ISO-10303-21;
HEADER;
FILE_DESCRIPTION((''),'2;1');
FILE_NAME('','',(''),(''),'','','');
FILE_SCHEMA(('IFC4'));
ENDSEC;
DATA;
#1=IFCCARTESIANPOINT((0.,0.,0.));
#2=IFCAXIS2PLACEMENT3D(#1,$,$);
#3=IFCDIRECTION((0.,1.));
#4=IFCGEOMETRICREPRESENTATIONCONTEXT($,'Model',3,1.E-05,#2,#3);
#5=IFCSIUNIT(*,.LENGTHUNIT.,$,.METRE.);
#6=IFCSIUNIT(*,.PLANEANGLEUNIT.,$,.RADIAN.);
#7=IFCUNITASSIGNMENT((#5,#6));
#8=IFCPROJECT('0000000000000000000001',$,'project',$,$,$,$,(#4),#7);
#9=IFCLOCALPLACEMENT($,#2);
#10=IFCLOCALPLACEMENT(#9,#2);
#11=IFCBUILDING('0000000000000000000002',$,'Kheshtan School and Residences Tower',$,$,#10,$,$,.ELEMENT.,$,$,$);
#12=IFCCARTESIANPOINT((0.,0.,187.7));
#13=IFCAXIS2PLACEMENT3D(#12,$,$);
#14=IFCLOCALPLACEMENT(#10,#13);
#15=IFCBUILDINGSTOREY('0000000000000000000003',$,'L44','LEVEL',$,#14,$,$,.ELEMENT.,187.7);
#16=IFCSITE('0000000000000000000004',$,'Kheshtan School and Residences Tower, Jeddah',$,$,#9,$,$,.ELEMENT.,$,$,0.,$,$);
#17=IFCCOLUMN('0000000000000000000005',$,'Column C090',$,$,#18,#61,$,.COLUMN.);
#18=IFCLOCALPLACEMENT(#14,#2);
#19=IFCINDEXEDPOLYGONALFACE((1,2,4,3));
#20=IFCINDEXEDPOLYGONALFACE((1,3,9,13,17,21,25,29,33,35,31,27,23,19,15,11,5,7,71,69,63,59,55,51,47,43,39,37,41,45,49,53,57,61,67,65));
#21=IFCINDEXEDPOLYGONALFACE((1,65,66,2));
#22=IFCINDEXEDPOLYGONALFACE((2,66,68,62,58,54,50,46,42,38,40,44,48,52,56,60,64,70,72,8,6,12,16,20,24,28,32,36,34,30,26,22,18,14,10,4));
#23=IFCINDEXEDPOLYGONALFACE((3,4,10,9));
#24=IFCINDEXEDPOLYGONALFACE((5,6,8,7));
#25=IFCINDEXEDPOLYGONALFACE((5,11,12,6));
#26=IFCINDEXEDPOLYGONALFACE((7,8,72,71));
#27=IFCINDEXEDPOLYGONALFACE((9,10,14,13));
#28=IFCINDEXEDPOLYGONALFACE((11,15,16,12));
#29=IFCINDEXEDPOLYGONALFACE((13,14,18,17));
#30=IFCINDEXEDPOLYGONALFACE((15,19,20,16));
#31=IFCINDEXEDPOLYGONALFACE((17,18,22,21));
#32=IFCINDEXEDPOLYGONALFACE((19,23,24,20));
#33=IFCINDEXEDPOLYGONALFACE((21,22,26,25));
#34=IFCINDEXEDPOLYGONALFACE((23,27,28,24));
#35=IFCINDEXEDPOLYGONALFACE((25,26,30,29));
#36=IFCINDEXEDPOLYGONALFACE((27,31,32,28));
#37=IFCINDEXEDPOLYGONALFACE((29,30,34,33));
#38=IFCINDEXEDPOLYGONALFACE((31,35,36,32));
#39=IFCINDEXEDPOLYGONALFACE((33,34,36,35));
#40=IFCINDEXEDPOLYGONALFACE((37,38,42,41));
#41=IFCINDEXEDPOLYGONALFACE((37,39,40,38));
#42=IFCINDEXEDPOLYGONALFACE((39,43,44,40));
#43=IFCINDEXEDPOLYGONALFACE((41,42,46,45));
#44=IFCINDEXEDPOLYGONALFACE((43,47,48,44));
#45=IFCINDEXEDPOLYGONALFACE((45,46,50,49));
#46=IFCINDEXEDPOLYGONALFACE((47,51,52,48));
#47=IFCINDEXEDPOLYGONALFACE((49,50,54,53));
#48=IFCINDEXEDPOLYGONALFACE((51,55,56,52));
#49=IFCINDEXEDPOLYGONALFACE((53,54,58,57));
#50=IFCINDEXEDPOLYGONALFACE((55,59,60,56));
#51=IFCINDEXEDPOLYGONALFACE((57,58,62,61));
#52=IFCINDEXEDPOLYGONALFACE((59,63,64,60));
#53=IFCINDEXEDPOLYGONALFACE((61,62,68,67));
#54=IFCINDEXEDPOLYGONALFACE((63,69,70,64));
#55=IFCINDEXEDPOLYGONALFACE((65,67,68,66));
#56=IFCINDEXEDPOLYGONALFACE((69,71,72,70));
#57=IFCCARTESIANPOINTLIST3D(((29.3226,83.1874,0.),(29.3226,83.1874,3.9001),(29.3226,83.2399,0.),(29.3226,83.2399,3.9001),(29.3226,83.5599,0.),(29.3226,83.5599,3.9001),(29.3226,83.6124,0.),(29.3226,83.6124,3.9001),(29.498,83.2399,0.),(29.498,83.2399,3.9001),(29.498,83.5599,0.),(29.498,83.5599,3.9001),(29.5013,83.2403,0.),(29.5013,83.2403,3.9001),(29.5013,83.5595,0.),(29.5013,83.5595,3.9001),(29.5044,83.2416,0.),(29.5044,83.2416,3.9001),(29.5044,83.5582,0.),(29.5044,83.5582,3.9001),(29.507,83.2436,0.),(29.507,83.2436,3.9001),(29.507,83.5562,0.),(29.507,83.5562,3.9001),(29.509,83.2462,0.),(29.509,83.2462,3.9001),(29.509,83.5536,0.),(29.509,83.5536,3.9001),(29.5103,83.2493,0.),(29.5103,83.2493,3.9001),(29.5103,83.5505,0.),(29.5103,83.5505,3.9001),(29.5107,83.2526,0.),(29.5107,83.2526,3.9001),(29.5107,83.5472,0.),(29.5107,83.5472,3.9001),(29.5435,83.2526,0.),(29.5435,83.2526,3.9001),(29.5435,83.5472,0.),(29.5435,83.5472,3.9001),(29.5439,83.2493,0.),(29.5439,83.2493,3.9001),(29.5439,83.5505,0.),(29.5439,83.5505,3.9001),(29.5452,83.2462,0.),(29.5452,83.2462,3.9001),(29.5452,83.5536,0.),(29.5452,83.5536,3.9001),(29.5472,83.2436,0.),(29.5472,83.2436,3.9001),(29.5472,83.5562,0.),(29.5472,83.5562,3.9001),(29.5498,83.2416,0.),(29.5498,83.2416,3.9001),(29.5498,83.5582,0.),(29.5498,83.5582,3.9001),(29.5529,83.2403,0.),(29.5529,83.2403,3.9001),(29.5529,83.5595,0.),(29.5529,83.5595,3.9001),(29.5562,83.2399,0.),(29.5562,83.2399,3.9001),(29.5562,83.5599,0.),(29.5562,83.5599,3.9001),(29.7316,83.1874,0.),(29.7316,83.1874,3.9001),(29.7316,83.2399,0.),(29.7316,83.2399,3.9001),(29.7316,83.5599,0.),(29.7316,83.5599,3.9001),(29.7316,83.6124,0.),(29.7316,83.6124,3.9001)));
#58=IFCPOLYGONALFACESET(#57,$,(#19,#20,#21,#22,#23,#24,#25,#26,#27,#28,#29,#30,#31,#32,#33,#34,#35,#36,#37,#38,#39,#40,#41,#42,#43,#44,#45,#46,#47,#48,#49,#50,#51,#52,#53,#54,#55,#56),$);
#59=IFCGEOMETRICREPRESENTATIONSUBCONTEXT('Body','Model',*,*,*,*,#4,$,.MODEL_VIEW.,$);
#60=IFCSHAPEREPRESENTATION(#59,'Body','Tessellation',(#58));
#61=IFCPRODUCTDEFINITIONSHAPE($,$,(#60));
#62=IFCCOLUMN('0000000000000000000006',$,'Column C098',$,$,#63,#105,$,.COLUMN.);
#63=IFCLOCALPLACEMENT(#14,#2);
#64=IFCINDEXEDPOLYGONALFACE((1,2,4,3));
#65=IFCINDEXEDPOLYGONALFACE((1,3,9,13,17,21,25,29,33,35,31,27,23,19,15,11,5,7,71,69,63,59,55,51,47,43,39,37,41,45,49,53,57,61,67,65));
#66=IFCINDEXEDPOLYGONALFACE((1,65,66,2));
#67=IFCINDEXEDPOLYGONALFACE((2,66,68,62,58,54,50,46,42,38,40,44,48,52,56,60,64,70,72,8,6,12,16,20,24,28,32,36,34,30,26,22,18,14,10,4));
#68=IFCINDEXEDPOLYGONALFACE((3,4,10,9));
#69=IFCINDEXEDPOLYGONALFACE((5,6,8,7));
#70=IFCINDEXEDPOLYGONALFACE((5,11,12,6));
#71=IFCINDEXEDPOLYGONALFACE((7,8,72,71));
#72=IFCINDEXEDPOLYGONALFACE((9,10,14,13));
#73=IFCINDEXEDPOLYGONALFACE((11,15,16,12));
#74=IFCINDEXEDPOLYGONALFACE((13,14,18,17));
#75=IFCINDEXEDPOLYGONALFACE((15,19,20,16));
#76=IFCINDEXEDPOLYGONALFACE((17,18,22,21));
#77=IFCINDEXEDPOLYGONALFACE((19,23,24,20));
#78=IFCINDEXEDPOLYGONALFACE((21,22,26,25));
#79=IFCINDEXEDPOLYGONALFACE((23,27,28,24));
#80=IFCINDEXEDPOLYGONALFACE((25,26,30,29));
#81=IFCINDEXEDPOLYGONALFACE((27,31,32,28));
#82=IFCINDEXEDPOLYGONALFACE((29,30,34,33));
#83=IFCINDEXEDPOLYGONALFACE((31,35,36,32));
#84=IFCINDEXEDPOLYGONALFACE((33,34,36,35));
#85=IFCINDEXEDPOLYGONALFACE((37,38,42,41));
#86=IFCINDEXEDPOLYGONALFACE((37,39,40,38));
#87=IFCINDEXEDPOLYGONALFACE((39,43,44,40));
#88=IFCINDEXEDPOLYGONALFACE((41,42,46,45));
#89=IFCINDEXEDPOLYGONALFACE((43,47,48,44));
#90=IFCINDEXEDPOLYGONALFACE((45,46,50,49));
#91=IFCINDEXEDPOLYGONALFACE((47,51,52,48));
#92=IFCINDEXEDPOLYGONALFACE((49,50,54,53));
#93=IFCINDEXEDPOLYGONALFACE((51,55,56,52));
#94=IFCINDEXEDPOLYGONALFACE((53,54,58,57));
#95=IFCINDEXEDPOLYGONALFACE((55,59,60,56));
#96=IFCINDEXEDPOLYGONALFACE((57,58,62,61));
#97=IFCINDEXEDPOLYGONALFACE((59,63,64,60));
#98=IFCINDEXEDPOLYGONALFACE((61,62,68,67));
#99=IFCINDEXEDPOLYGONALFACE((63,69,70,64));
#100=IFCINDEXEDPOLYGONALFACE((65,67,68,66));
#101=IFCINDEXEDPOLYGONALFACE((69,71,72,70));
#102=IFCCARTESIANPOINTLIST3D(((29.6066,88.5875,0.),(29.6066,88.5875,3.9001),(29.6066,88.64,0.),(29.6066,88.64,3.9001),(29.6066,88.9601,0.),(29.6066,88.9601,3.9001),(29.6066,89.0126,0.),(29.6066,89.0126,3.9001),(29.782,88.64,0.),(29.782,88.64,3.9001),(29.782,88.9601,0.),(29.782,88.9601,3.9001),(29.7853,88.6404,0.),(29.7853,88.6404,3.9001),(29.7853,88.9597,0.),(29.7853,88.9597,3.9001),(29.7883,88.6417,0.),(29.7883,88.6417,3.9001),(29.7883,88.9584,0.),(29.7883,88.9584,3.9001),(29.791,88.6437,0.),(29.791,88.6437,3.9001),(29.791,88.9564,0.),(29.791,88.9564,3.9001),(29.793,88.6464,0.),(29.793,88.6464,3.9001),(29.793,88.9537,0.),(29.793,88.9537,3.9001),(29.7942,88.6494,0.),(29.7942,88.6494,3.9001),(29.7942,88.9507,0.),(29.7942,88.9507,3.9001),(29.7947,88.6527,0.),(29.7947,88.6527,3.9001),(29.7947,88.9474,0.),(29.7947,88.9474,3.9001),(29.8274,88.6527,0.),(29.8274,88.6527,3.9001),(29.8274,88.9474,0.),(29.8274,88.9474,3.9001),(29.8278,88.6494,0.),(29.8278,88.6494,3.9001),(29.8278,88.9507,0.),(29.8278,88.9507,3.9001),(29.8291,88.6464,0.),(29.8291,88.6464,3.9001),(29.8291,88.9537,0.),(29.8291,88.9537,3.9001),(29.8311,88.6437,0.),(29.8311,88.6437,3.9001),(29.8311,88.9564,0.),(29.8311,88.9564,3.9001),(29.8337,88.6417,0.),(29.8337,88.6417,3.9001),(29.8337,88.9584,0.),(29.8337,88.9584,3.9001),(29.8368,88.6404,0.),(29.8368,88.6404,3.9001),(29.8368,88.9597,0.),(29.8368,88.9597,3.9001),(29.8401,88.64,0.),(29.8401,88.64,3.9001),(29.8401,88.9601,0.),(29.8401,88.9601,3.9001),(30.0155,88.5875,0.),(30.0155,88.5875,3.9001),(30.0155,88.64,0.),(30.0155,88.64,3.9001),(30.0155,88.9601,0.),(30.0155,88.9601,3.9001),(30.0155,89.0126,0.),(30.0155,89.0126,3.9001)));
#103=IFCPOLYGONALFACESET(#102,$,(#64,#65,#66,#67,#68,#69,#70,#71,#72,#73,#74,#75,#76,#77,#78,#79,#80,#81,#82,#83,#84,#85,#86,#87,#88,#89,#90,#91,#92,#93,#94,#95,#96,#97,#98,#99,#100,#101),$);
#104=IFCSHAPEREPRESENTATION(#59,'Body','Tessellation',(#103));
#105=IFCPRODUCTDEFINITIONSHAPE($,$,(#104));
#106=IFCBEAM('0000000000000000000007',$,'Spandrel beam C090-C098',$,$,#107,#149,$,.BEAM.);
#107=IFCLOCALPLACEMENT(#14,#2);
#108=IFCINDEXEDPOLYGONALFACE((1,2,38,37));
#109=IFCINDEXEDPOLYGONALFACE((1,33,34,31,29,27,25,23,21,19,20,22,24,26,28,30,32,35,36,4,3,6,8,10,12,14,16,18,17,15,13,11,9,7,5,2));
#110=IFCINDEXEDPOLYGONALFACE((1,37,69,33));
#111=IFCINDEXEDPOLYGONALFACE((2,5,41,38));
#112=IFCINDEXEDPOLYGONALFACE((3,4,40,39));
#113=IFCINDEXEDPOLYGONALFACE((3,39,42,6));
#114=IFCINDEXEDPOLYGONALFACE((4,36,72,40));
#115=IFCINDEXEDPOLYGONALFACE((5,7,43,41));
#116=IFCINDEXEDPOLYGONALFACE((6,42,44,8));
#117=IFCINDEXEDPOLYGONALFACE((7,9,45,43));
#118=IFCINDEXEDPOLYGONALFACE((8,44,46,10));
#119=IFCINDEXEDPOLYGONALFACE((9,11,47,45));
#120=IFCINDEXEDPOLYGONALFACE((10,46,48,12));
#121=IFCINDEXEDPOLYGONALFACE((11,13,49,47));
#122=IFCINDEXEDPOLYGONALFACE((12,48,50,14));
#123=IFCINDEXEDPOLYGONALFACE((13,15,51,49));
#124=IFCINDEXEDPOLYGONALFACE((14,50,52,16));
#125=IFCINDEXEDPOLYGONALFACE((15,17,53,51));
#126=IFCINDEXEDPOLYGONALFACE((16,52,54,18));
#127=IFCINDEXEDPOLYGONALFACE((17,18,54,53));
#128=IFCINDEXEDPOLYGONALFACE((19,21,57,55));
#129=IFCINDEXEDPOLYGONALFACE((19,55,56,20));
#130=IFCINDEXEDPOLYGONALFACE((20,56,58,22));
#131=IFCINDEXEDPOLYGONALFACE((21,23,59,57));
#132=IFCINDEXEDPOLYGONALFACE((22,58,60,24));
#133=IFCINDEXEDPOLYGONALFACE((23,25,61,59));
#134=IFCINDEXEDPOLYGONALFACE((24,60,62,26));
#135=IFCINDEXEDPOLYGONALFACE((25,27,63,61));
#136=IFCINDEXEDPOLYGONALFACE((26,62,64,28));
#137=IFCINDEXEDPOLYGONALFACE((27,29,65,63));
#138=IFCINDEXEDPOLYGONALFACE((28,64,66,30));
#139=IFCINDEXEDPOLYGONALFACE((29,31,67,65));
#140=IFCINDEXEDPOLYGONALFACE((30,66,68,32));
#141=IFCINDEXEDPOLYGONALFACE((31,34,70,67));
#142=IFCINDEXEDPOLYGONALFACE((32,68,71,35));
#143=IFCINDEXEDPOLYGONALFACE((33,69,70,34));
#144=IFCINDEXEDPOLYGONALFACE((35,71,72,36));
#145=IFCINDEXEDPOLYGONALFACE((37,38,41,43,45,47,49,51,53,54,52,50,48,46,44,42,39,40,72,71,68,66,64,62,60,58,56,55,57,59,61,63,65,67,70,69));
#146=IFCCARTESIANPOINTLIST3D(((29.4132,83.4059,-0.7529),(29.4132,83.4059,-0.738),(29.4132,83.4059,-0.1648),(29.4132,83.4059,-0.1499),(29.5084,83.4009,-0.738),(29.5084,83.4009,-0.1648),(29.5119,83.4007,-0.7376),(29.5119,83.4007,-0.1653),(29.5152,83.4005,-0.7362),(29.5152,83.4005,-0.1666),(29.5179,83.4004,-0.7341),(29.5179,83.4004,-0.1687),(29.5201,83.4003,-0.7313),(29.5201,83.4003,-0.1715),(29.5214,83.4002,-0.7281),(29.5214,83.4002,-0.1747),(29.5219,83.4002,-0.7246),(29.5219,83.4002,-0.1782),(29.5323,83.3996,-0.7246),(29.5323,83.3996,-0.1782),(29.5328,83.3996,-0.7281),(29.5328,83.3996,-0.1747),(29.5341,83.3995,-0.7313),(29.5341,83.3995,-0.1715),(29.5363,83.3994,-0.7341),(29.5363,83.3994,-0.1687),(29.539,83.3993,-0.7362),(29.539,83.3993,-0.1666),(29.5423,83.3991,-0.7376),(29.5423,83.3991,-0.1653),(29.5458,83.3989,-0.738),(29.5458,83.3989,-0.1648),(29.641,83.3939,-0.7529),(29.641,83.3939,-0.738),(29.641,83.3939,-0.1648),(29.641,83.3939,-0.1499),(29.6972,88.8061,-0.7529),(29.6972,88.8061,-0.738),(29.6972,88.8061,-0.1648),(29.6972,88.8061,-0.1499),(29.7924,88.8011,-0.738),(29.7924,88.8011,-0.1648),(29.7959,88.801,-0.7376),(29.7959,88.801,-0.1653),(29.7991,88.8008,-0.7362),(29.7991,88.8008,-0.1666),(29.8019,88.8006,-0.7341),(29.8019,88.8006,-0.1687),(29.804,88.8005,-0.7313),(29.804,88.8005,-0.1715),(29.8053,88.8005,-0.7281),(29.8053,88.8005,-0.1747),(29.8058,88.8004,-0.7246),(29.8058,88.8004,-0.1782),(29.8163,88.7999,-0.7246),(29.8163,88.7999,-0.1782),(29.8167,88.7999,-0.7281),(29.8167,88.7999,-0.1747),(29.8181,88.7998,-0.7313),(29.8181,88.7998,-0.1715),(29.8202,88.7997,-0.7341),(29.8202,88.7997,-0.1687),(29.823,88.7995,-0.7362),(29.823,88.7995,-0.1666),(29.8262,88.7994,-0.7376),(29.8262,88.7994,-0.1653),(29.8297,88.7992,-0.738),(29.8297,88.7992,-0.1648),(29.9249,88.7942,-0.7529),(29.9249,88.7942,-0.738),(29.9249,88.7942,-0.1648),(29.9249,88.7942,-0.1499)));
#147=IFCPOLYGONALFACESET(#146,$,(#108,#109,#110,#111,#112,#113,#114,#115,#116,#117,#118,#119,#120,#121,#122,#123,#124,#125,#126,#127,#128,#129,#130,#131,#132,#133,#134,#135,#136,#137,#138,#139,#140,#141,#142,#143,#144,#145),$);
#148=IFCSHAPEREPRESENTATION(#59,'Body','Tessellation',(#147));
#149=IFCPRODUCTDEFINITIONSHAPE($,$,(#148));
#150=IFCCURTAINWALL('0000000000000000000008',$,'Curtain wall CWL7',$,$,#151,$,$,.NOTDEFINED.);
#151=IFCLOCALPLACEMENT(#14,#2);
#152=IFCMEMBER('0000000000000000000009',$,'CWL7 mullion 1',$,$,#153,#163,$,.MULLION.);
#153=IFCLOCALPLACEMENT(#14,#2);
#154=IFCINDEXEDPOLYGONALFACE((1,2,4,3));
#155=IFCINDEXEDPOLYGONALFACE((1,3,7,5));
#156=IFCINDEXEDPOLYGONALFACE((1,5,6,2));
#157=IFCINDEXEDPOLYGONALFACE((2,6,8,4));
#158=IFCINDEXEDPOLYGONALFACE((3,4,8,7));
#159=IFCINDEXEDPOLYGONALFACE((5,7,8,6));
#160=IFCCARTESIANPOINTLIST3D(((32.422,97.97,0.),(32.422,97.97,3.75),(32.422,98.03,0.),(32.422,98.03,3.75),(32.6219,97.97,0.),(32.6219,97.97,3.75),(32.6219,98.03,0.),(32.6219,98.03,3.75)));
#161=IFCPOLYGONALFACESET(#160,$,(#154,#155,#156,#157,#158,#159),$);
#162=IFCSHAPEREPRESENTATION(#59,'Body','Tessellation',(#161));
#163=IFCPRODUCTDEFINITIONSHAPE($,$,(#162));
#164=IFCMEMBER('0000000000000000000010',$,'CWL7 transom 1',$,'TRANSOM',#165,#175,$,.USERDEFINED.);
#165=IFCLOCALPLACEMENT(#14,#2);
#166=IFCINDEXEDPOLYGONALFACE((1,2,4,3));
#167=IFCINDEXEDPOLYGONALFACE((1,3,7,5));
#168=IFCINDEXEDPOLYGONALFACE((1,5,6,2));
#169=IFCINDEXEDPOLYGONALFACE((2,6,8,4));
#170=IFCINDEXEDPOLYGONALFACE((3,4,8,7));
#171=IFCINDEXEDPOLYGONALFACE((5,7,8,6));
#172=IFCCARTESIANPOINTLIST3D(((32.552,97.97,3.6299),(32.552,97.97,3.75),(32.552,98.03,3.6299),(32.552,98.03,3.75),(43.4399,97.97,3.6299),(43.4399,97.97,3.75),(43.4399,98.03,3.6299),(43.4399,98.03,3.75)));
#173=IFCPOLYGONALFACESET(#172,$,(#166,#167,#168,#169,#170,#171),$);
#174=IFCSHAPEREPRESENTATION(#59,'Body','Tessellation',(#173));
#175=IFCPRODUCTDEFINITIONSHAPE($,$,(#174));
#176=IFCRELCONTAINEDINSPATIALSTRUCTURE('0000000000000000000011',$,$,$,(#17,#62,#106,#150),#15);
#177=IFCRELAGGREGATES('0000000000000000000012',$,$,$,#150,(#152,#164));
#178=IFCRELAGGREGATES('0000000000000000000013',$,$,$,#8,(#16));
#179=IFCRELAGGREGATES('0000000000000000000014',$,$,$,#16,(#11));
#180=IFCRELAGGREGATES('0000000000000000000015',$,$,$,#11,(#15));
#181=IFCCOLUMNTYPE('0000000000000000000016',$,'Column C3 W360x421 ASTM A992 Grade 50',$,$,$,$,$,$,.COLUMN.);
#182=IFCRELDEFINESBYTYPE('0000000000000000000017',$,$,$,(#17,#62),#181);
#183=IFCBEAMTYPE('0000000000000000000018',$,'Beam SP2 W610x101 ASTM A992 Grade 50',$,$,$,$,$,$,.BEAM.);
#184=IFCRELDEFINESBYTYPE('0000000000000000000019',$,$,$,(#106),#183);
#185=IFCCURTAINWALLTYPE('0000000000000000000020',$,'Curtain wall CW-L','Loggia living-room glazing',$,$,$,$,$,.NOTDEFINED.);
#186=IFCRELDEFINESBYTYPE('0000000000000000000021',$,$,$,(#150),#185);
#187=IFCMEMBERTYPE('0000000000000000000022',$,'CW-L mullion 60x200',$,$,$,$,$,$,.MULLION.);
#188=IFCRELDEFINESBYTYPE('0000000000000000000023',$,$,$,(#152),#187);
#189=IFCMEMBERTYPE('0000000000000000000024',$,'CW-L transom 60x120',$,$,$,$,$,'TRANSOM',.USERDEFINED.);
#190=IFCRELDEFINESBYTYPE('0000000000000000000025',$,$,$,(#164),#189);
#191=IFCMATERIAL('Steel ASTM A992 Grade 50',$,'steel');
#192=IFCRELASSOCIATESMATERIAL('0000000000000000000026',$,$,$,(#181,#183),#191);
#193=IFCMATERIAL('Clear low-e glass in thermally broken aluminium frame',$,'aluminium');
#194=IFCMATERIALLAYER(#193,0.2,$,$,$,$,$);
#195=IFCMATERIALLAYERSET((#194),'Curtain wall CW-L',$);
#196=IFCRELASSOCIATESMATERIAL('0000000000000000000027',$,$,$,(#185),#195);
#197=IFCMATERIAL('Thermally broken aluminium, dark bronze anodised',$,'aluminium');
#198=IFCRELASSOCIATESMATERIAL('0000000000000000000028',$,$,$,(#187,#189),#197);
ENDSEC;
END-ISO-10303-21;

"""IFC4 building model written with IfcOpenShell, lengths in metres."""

from ifc_helpers import new_model, si_unit, direction, frame, origin, origin_2d, place, context, subcontext, project, spatial, rectangle, i_section, extrude, material, layer, layer_set, material_profile, profile_set, type_object, element, aggregate, save


model = new_model("IFC4")

# Units and contexts
model_context = context("Model", 3, precision=1e-05, world=origin(), true_north=direction((0.0, 1.0)))
body_context = subcontext(model_context, "Body", "Model", "MODEL_VIEW")
ifc_project = project(units=[si_unit("LENGTHUNIT", "METRE"), si_unit("PLANEANGLEUNIT", "RADIAN")], contexts=[model_context])

# Site, building, storey
site_placement = place(None, origin())
site = spatial("IfcSite", under=ifc_project, at=site_placement, Name="Kheshtan School and Residences Tower, Jeddah", CompositionType="ELEMENT", RefElevation=0.0)
building_placement = place(site_placement, origin())
building = spatial("IfcBuilding", under=site, at=building_placement, Name="Kheshtan School and Residences Tower", CompositionType="ELEMENT")
storey_placement = place(building_placement, frame((0.0, 0.0, 187.7)))
storey = spatial("IfcBuildingStorey", under=building, at=storey_placement, Name="L44", Description="LEVEL", CompositionType="ELEMENT", Elevation=187.7)

# Columns
ifc_material_1 = material(Name="Steel ASTM A992 Grade 50", Category="steel")
ifc_material_profile_1 = material_profile(ifc_material_1, i_section(OverallWidth=0.4089, OverallDepth=0.425, WebThickness=0.0327, FlangeThickness=0.0525, FilletRadius=0.0127, at=origin_2d()), Name="W360x421")
ifc_profile_set_1 = profile_set([ifc_material_profile_1], Name="Steel ASTM A992 Grade 50")
column_type = type_object("IfcColumnType", Name="Column C3 W360x421 ASTM A992 Grade 50", PredefinedType="COLUMN", material=ifc_profile_set_1)
for number, where, z_axis, x_axis, name in (
    (1, (29.5271, 83.3999, 0.0), (0.0, 0.0, 1.0), (1.0, 0.0, 0.0), "Column C090"),
    (2, (29.811, 88.8, 0.0), (0.0, 0.0, 1.0), (1.0, 0.0, 0.0), "Column C098"),
):
    element("IfcColumn", number, at=place(storey_placement, frame(where, z_axis=z_axis, x_axis=x_axis)), inside=storey, type_object=column_type, Name=name, PredefinedType="COLUMN", context=body_context, shape_type="SweptSolid", body=[
        extrude(i_section(OverallWidth=0.4089, OverallDepth=0.425, WebThickness=0.0327, FlangeThickness=0.0525, FilletRadius=0.0127, at=origin_2d()), origin(), (0.0, 0.0, 1.0), 3.9001),
    ])

# Beam
ifc_material_profile_2 = material_profile(ifc_material_1, i_section(OverallWidth=0.228, OverallDepth=0.603, WebThickness=0.0105, FlangeThickness=0.0149, FilletRadius=0.0134, at=origin_2d()), Name="W610x101")
ifc_profile_set_2 = profile_set([ifc_material_profile_2], Name="Steel ASTM A992 Grade 50")
beam_type_1 = type_object("IfcBeamType", Name="Beam SP2 W610x101 ASTM A992 Grade 50", PredefinedType="BEAM", material=ifc_profile_set_2)
beam_1_placement = place(storey_placement, frame((29.5271, 83.3999, -0.4514), z_axis=(0.052507, 0.998621, 0.0), x_axis=(-0.998621, 0.052507, 0.0)))
element("IfcBeam", 3, at=beam_1_placement, inside=storey, type_object=beam_type_1, Name="Spandrel beam C090-C098", PredefinedType="BEAM", context=body_context, shape_type="SweptSolid", body=[
    extrude(i_section(OverallWidth=0.228, OverallDepth=0.603, WebThickness=0.0105, FlangeThickness=0.0149, FilletRadius=0.0134, at=origin_2d()), origin(), (0.0, 0.0, 1.0), 5.4077),
])

# Curtain wall, members
ifc_material_2 = material(Name="Clear low-e glass in thermally broken aluminium frame", Category="aluminium")
ifc_layer_1 = layer(ifc_material_2, 0.2)
ifc_layer_set_1 = layer_set([ifc_layer_1], Name="Curtain wall CW-L")
curtain_wall_type = type_object("IfcCurtainWallType", Name="Curtain wall CW-L", Description="Loggia living-room glazing", PredefinedType="NOTDEFINED", material=ifc_layer_set_1)
curtain_wall_placement = place(storey_placement, origin())
curtain_wall = element("IfcCurtainWall", 4, at=curtain_wall_placement, inside=storey, type_object=curtain_wall_type, Name="Curtain wall CWL7", PredefinedType="NOTDEFINED")
ifc_material_3 = material(Name="Thermally broken aluminium, dark bronze anodised", Category="aluminium")
ifc_material_profile_3 = material_profile(ifc_material_3, rectangle(XDim=0.0601, YDim=0.2, at=origin_2d()), Name="CW-L mullion 60x200")
ifc_profile_set_3 = profile_set([ifc_material_profile_3], Name="Thermally broken aluminium, dark bronze anodised")
member_type_1 = type_object("IfcMemberType", Name="CW-L mullion 60x200", PredefinedType="MULLION", material=ifc_profile_set_3)
member_1_placement = place(storey_placement, frame((32.522, 98.0, 0.0), z_axis=(0.0, 0.0, 1.0), x_axis=(0.0, 1.0, 0.0)))
member_1 = element("IfcMember", 5, at=member_1_placement, type_object=member_type_1, Name="CWL7 mullion 1", PredefinedType="MULLION", context=body_context, shape_type="SweptSolid", body=[
    extrude(rectangle(XDim=0.0601, YDim=0.2, at=origin_2d()), origin(), (0.0, 0.0, 1.0), 3.75),
])
ifc_material_profile_4 = material_profile(ifc_material_3, rectangle(XDim=0.0601, YDim=0.1201, at=origin_2d()), Name="CW-L transom 60x120")
ifc_profile_set_4 = profile_set([ifc_material_profile_4], Name="Thermally broken aluminium, dark bronze anodised")
member_type_2 = type_object("IfcMemberType", Name="CW-L transom 60x120", ElementType="TRANSOM", PredefinedType="USERDEFINED", material=ifc_profile_set_4)
member_2_placement = place(storey_placement, frame((32.552, 98.0, 3.6899), z_axis=(1.0, 0.0, 0.0), x_axis=(0.0, 1.0, 0.0)))
member_2 = element("IfcMember", 6, at=member_2_placement, type_object=member_type_2, Name="CWL7 transom 1", ObjectType="TRANSOM", PredefinedType="USERDEFINED", context=body_context, shape_type="SweptSolid", body=[
    extrude(rectangle(XDim=0.0601, YDim=0.1201, at=origin_2d()), origin(), (0.0, 0.0, 1.0), 10.8879),
])

aggregate(curtain_wall, [member_1, member_2])

save(model, "model.ifc")
